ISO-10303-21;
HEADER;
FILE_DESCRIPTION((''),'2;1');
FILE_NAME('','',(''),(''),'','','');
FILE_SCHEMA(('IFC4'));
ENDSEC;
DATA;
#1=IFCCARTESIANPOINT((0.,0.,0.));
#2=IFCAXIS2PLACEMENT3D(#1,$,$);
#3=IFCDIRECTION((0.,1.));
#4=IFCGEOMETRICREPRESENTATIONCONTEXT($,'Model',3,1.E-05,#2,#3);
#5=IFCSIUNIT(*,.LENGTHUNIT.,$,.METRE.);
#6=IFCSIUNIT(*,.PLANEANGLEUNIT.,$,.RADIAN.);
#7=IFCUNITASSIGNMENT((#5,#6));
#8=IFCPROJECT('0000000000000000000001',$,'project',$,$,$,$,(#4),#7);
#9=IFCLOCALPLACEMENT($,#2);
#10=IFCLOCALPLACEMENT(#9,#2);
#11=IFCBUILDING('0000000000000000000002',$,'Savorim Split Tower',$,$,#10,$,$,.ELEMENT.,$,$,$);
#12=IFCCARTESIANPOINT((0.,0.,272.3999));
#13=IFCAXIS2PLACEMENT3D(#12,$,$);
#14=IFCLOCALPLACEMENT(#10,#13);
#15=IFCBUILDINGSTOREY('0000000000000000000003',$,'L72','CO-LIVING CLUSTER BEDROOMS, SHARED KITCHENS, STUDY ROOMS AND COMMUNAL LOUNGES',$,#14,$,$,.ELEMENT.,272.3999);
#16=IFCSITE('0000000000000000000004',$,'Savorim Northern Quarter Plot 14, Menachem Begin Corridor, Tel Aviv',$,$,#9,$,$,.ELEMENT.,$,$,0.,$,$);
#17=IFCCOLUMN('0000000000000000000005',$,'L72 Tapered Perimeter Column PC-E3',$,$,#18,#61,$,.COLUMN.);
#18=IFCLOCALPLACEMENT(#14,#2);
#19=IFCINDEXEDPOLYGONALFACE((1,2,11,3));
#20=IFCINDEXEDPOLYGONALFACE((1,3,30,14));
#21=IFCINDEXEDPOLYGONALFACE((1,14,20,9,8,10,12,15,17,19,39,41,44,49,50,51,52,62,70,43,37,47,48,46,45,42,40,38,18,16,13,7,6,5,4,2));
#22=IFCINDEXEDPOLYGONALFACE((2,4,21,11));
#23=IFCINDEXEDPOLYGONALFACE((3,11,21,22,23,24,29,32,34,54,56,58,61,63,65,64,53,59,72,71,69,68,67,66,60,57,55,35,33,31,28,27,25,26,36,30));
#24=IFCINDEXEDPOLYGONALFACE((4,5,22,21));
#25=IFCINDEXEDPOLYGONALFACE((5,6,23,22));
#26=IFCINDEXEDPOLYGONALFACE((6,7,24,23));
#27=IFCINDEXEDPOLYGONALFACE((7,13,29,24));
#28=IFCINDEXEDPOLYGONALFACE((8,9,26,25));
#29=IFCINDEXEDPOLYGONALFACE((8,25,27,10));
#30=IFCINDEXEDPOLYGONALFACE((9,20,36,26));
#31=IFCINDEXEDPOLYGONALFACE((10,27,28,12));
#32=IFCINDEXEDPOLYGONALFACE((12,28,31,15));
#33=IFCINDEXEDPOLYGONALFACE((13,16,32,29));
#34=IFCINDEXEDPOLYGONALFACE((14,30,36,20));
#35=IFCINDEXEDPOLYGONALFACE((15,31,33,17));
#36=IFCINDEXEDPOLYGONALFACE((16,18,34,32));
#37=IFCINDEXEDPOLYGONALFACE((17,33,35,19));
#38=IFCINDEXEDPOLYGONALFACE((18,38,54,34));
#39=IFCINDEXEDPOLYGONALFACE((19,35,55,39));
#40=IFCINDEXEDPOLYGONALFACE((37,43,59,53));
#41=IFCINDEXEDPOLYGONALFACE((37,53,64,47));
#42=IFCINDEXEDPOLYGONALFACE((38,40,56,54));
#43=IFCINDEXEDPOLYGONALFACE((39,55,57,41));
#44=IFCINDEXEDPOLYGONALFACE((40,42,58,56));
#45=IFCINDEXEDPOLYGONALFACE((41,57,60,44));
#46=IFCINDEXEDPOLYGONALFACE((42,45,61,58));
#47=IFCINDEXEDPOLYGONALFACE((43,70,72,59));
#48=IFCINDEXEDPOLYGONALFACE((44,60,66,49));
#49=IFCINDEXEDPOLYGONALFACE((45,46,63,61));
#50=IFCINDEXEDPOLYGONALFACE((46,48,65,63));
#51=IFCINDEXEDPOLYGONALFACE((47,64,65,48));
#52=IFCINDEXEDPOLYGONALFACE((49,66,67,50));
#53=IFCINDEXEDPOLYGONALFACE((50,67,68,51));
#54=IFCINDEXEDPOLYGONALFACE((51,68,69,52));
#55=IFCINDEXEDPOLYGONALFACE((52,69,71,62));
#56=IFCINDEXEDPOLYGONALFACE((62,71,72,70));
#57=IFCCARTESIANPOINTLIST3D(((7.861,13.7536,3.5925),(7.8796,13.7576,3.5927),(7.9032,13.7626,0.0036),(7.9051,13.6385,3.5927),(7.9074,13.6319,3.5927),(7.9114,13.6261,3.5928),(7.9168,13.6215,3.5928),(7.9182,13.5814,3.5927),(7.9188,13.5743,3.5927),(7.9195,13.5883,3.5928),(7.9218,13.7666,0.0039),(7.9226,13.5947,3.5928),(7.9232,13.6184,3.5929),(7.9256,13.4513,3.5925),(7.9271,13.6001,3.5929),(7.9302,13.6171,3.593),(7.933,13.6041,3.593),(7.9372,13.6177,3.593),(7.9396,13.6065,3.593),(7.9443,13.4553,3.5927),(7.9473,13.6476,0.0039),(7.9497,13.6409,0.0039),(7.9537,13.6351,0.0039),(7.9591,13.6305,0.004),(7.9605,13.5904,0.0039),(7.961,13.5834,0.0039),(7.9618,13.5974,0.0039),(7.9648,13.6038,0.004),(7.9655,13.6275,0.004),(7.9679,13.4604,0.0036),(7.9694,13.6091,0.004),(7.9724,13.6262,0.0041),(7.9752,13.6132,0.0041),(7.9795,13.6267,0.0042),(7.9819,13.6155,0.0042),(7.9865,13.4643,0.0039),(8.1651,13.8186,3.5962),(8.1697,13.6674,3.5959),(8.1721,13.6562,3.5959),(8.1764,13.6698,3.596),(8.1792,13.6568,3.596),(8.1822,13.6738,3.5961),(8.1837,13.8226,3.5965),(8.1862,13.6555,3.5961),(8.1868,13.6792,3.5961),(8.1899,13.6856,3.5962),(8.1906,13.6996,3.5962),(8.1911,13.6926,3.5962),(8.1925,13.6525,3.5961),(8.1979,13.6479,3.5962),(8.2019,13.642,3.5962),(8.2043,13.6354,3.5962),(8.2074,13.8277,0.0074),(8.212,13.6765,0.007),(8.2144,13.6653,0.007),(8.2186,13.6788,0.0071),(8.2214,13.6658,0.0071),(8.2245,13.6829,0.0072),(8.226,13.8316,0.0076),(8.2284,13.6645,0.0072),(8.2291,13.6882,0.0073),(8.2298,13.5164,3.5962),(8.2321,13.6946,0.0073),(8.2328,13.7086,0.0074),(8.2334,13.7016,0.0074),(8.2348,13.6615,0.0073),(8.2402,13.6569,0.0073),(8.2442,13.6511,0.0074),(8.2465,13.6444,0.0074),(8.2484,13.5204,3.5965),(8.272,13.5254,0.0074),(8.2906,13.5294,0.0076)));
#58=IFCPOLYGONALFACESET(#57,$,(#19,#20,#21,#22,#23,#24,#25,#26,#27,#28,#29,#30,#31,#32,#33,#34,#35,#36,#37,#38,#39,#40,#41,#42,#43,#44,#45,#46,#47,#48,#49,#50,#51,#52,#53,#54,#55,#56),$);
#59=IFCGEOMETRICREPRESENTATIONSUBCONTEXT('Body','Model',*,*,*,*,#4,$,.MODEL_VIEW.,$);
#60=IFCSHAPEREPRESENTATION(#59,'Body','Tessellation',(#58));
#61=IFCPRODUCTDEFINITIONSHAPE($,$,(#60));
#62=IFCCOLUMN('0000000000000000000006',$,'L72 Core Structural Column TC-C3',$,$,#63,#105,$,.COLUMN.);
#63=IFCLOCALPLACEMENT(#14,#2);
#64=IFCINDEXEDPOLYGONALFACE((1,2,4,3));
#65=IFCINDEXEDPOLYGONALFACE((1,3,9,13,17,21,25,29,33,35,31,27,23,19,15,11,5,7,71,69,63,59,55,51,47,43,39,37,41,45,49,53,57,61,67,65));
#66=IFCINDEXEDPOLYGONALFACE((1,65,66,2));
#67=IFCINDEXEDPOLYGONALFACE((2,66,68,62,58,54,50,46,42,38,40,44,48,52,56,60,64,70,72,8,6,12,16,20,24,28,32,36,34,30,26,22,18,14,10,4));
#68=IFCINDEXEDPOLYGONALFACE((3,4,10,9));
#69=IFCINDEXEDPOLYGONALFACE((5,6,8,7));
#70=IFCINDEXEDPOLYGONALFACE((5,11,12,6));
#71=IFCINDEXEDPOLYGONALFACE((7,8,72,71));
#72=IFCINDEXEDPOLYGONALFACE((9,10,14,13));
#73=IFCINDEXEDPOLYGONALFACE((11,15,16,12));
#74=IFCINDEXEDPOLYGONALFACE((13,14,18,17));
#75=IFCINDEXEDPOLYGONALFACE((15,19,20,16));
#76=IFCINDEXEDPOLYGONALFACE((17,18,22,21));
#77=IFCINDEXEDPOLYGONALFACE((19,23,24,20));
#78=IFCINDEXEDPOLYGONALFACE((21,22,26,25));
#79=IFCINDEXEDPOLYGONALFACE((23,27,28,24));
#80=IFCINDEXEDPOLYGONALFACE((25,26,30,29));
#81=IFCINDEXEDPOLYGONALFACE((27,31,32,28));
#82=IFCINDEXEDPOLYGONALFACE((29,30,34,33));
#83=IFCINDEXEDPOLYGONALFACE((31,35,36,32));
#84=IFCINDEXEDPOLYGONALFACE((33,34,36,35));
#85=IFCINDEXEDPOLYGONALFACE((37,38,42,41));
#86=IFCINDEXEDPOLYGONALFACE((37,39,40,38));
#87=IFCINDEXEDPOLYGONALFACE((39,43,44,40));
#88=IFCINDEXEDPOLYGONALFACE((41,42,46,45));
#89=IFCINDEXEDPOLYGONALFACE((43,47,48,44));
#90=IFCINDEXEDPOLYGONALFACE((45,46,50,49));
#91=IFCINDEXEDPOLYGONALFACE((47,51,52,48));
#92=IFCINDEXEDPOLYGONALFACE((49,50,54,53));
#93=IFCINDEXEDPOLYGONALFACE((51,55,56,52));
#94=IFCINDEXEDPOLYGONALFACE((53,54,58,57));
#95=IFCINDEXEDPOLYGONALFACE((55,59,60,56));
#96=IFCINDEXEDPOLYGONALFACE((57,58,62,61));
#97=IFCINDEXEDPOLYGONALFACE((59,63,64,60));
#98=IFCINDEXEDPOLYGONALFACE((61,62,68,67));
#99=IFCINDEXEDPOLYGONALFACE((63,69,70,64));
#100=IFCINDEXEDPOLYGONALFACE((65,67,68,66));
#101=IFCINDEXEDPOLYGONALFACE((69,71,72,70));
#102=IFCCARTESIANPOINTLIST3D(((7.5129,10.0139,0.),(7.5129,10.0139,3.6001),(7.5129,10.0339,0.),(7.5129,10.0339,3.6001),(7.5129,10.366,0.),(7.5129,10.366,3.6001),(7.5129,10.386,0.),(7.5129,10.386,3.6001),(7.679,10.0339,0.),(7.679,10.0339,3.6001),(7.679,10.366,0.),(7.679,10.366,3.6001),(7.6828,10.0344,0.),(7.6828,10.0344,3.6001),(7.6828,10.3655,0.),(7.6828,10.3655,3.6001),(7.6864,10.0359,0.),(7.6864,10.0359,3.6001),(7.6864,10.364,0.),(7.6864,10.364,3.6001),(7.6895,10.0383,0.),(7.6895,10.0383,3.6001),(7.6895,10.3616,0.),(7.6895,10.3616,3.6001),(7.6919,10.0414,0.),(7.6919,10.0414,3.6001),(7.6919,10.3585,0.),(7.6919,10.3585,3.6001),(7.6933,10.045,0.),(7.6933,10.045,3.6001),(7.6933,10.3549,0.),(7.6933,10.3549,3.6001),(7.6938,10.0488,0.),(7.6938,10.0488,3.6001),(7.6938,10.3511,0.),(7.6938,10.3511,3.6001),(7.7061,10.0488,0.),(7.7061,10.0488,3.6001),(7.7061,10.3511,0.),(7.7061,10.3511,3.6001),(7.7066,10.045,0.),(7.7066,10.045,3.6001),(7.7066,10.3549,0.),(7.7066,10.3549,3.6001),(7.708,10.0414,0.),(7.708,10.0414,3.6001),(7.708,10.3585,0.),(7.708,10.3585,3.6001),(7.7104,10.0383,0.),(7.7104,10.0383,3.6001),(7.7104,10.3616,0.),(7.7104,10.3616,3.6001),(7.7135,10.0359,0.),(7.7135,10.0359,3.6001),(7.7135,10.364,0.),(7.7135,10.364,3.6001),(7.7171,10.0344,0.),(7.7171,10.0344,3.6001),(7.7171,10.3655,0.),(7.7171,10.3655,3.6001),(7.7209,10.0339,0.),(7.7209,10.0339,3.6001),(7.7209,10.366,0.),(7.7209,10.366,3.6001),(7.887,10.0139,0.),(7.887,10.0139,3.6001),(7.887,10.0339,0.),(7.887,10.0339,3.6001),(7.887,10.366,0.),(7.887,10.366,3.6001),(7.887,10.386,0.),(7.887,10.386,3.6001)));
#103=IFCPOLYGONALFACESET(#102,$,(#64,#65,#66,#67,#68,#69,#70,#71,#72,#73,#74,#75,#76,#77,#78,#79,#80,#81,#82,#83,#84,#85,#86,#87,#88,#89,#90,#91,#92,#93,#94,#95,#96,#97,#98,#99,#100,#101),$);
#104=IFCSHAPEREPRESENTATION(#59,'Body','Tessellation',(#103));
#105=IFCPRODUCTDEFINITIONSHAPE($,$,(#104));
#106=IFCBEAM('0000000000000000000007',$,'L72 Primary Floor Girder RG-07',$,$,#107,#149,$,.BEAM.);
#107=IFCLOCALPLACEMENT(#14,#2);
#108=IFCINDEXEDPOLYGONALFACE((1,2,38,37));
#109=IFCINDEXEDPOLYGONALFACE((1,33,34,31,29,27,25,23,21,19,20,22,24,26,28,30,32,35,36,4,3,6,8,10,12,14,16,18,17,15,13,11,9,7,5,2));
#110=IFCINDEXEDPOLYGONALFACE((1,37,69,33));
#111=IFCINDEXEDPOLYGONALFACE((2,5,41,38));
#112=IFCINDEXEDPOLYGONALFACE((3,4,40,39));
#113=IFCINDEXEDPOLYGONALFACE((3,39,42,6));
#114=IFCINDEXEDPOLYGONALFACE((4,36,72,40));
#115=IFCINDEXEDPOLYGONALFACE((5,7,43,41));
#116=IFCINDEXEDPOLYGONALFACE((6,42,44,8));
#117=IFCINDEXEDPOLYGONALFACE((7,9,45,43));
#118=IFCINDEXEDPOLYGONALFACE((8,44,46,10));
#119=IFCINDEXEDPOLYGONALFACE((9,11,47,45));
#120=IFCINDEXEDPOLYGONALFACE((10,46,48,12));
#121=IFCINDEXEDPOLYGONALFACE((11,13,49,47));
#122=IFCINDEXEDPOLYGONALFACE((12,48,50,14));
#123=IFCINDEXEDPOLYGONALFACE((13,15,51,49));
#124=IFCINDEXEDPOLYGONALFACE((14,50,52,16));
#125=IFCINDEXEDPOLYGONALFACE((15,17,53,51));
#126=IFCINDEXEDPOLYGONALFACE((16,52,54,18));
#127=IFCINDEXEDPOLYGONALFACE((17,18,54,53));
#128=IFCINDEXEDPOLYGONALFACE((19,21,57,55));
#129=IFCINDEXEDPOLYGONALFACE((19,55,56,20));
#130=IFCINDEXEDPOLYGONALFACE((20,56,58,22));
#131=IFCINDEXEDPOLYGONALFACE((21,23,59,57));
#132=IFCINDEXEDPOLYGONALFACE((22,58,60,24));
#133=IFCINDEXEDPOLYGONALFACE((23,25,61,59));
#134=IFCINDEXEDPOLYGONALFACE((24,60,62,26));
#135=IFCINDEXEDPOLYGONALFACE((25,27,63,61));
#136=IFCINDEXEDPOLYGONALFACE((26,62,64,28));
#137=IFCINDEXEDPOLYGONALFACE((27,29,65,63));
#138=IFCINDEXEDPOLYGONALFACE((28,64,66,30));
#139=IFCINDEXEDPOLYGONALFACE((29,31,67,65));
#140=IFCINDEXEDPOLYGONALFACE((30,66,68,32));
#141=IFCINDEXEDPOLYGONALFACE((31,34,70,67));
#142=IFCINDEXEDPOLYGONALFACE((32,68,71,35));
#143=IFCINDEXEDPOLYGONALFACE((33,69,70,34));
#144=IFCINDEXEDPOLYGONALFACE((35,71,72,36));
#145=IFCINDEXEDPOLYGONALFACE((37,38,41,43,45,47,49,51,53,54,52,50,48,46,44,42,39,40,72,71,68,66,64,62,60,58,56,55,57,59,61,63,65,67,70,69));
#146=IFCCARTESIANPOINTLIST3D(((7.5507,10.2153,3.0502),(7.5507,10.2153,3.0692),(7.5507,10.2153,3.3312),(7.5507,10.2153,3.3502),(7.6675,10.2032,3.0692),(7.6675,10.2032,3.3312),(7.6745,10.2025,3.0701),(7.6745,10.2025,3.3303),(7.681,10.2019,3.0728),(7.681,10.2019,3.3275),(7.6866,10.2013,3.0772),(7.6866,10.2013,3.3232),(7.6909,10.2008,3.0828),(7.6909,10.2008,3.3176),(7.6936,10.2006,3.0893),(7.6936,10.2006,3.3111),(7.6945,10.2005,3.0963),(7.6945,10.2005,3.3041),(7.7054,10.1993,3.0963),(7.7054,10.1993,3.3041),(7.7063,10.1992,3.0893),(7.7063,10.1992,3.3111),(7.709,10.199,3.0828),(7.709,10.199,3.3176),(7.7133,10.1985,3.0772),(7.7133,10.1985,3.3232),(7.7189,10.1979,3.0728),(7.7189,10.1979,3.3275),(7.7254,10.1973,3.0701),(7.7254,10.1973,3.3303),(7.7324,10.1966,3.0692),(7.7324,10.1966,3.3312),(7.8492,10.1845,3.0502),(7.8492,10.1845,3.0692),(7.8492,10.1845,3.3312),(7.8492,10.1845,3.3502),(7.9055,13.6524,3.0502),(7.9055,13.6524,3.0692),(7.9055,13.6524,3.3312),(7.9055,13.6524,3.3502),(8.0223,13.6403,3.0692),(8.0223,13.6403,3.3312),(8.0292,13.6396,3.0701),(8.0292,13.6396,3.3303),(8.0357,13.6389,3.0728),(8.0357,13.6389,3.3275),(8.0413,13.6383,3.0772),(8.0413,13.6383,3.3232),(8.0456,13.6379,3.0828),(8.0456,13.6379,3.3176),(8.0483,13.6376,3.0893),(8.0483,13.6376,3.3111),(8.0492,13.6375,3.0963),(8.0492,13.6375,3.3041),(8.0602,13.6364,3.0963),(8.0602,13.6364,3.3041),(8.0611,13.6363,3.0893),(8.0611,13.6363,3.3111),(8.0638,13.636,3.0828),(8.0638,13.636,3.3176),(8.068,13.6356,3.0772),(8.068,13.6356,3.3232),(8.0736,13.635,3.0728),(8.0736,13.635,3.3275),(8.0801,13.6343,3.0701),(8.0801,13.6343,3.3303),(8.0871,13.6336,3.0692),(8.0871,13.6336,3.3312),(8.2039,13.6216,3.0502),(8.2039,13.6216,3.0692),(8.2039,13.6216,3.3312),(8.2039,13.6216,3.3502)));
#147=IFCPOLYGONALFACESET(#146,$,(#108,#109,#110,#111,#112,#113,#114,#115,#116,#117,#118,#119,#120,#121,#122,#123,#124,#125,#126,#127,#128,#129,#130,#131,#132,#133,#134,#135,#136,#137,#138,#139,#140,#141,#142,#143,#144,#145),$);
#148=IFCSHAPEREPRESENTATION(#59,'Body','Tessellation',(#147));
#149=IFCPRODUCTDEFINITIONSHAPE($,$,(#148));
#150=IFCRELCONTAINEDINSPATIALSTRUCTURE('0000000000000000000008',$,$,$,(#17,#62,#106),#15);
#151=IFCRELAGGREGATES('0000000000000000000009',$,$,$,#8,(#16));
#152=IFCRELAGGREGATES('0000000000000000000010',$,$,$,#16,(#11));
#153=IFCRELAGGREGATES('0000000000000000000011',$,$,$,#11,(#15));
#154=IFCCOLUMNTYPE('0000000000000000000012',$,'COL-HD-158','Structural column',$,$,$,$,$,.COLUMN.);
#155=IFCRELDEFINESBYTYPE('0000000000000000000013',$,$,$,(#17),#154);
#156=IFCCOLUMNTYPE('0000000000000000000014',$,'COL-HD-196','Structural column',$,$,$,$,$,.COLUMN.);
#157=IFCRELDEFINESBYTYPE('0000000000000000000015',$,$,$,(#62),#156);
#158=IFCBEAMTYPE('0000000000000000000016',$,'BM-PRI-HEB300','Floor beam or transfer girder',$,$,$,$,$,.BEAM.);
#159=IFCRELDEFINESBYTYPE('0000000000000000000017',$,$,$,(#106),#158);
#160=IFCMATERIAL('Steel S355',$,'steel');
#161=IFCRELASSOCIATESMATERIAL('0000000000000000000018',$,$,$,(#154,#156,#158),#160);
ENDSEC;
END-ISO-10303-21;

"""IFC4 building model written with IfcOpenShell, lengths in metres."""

from ifc_helpers import new_model, si_unit, direction, frame, origin, origin_2d, place, context, subcontext, project, spatial, i_section, extrude, material, material_profile, profile_set, type_object, element, save


model = new_model("IFC4")

# Units and contexts
model_context = context("Model", 3, precision=1e-05, world=origin(), true_north=direction((0.0, 1.0)))
body_context = subcontext(model_context, "Body", "Model", "MODEL_VIEW")
ifc_project = project(units=[si_unit("LENGTHUNIT", "METRE"), si_unit("PLANEANGLEUNIT", "RADIAN")], contexts=[model_context])

# Site, building, storey
site_placement = place(None, origin())
site = spatial("IfcSite", under=ifc_project, at=site_placement, Name="Savorim Northern Quarter Plot 14, Menachem Begin Corridor, Tel Aviv", CompositionType="ELEMENT", RefElevation=0.0)
building_placement = place(site_placement, origin())
building = spatial("IfcBuilding", under=site, at=building_placement, Name="Savorim Split Tower", CompositionType="ELEMENT")
storey_placement = place(building_placement, frame((0.0, 0.0, 272.3999)))
storey = spatial("IfcBuildingStorey", under=building, at=storey_placement, Name="L72", Description="CO-LIVING CLUSTER BEDROOMS, SHARED KITCHENS, STUDY ROOMS AND COMMUNAL LOUNGES", CompositionType="ELEMENT", Elevation=272.3999)

# Columns
ifc_material_1 = material(Name="Steel S355", Category="steel")
ifc_material_profile_1 = material_profile(ifc_material_1, i_section(OverallWidth=0.3091, OverallDepth=0.3301, WebThickness=0.0115, FlangeThickness=0.019, FilletRadius=0.0271, at=origin_2d()), Name="HD 320x158")
ifc_profile_set_1 = profile_set([ifc_material_profile_1], Name="Steel S355")
column_type_1 = type_object("IfcColumnType", Name="COL-HD-158", Description="Structural column", PredefinedType="COLUMN", material=ifc_profile_set_1)
column_1_placement = place(storey_placement, frame((8.0969, 13.646, 0.0056), z_axis=(-0.011768, -0.002517, 0.999928), x_axis=(0.209143, -0.977885, 0.0)))
element("IfcColumn", 1, at=column_1_placement, inside=storey, type_object=column_type_1, Name="L72 Tapered Perimeter Column PC-E3", PredefinedType="COLUMN", context=body_context, shape_type="SweptSolid", body=[
    extrude(i_section(OverallWidth=0.3091, OverallDepth=0.3301, WebThickness=0.0115, FlangeThickness=0.019, FilletRadius=0.0271, at=origin_2d()), origin(), (0.0, 0.0, 1.0), 3.5891),
])
ifc_material_profile_2 = material_profile(ifc_material_1, i_section(OverallWidth=0.374, OverallDepth=0.3721, WebThickness=0.0122, FlangeThickness=0.02, FilletRadius=0.0149, at=origin_2d()), Name="HD 360x196")
ifc_profile_set_2 = profile_set([ifc_material_profile_2], Name="Steel S355")
column_type_2 = type_object("IfcColumnType", Name="COL-HD-196", Description="Structural column", PredefinedType="COLUMN", material=ifc_profile_set_2)
column_2_placement = place(storey_placement, frame((7.7, 10.2, 0.0), z_axis=(0.0, 0.0, 1.0), x_axis=(1.0, 0.0, 0.0)))
element("IfcColumn", 2, at=column_2_placement, inside=storey, type_object=column_type_2, Name="L72 Core Structural Column TC-C3", PredefinedType="COLUMN", context=body_context, shape_type="SweptSolid", body=[
    extrude(i_section(OverallWidth=0.374, OverallDepth=0.3721, WebThickness=0.0122, FlangeThickness=0.02, FilletRadius=0.0149, at=origin_2d()), origin(), (0.0, 0.0, 1.0), 3.6001),
])

# Beam
ifc_material_profile_3 = material_profile(ifc_material_1, i_section(OverallWidth=0.3, OverallDepth=0.3, WebThickness=0.011, FlangeThickness=0.019, FilletRadius=0.0271, at=origin_2d()), Name="HEB 300")
ifc_profile_set_3 = profile_set([ifc_material_profile_3], Name="Steel S355")
beam_type_1 = type_object("IfcBeamType", Name="BM-PRI-HEB300", Description="Floor beam or transfer girder", PredefinedType="BEAM", material=ifc_profile_set_3)
beam_1_placement = place(storey_placement, frame((8.0547, 13.637, 3.2002), z_axis=(-0.102665, -0.994716, 0.0), x_axis=(0.994716, -0.102665, 0.0)))
element("IfcBeam", 3, at=beam_1_placement, inside=storey, type_object=beam_type_1, Name="L72 Primary Floor Girder RG-07", PredefinedType="BEAM", context=body_context, shape_type="SweptSolid", body=[
    extrude(i_section(OverallWidth=0.3, OverallDepth=0.3, WebThickness=0.011, FlangeThickness=0.019, FilletRadius=0.0271, at=origin_2d()), origin(), (0.0, 0.0, 1.0), 3.4553),
])

save(model, "model.ifc")
